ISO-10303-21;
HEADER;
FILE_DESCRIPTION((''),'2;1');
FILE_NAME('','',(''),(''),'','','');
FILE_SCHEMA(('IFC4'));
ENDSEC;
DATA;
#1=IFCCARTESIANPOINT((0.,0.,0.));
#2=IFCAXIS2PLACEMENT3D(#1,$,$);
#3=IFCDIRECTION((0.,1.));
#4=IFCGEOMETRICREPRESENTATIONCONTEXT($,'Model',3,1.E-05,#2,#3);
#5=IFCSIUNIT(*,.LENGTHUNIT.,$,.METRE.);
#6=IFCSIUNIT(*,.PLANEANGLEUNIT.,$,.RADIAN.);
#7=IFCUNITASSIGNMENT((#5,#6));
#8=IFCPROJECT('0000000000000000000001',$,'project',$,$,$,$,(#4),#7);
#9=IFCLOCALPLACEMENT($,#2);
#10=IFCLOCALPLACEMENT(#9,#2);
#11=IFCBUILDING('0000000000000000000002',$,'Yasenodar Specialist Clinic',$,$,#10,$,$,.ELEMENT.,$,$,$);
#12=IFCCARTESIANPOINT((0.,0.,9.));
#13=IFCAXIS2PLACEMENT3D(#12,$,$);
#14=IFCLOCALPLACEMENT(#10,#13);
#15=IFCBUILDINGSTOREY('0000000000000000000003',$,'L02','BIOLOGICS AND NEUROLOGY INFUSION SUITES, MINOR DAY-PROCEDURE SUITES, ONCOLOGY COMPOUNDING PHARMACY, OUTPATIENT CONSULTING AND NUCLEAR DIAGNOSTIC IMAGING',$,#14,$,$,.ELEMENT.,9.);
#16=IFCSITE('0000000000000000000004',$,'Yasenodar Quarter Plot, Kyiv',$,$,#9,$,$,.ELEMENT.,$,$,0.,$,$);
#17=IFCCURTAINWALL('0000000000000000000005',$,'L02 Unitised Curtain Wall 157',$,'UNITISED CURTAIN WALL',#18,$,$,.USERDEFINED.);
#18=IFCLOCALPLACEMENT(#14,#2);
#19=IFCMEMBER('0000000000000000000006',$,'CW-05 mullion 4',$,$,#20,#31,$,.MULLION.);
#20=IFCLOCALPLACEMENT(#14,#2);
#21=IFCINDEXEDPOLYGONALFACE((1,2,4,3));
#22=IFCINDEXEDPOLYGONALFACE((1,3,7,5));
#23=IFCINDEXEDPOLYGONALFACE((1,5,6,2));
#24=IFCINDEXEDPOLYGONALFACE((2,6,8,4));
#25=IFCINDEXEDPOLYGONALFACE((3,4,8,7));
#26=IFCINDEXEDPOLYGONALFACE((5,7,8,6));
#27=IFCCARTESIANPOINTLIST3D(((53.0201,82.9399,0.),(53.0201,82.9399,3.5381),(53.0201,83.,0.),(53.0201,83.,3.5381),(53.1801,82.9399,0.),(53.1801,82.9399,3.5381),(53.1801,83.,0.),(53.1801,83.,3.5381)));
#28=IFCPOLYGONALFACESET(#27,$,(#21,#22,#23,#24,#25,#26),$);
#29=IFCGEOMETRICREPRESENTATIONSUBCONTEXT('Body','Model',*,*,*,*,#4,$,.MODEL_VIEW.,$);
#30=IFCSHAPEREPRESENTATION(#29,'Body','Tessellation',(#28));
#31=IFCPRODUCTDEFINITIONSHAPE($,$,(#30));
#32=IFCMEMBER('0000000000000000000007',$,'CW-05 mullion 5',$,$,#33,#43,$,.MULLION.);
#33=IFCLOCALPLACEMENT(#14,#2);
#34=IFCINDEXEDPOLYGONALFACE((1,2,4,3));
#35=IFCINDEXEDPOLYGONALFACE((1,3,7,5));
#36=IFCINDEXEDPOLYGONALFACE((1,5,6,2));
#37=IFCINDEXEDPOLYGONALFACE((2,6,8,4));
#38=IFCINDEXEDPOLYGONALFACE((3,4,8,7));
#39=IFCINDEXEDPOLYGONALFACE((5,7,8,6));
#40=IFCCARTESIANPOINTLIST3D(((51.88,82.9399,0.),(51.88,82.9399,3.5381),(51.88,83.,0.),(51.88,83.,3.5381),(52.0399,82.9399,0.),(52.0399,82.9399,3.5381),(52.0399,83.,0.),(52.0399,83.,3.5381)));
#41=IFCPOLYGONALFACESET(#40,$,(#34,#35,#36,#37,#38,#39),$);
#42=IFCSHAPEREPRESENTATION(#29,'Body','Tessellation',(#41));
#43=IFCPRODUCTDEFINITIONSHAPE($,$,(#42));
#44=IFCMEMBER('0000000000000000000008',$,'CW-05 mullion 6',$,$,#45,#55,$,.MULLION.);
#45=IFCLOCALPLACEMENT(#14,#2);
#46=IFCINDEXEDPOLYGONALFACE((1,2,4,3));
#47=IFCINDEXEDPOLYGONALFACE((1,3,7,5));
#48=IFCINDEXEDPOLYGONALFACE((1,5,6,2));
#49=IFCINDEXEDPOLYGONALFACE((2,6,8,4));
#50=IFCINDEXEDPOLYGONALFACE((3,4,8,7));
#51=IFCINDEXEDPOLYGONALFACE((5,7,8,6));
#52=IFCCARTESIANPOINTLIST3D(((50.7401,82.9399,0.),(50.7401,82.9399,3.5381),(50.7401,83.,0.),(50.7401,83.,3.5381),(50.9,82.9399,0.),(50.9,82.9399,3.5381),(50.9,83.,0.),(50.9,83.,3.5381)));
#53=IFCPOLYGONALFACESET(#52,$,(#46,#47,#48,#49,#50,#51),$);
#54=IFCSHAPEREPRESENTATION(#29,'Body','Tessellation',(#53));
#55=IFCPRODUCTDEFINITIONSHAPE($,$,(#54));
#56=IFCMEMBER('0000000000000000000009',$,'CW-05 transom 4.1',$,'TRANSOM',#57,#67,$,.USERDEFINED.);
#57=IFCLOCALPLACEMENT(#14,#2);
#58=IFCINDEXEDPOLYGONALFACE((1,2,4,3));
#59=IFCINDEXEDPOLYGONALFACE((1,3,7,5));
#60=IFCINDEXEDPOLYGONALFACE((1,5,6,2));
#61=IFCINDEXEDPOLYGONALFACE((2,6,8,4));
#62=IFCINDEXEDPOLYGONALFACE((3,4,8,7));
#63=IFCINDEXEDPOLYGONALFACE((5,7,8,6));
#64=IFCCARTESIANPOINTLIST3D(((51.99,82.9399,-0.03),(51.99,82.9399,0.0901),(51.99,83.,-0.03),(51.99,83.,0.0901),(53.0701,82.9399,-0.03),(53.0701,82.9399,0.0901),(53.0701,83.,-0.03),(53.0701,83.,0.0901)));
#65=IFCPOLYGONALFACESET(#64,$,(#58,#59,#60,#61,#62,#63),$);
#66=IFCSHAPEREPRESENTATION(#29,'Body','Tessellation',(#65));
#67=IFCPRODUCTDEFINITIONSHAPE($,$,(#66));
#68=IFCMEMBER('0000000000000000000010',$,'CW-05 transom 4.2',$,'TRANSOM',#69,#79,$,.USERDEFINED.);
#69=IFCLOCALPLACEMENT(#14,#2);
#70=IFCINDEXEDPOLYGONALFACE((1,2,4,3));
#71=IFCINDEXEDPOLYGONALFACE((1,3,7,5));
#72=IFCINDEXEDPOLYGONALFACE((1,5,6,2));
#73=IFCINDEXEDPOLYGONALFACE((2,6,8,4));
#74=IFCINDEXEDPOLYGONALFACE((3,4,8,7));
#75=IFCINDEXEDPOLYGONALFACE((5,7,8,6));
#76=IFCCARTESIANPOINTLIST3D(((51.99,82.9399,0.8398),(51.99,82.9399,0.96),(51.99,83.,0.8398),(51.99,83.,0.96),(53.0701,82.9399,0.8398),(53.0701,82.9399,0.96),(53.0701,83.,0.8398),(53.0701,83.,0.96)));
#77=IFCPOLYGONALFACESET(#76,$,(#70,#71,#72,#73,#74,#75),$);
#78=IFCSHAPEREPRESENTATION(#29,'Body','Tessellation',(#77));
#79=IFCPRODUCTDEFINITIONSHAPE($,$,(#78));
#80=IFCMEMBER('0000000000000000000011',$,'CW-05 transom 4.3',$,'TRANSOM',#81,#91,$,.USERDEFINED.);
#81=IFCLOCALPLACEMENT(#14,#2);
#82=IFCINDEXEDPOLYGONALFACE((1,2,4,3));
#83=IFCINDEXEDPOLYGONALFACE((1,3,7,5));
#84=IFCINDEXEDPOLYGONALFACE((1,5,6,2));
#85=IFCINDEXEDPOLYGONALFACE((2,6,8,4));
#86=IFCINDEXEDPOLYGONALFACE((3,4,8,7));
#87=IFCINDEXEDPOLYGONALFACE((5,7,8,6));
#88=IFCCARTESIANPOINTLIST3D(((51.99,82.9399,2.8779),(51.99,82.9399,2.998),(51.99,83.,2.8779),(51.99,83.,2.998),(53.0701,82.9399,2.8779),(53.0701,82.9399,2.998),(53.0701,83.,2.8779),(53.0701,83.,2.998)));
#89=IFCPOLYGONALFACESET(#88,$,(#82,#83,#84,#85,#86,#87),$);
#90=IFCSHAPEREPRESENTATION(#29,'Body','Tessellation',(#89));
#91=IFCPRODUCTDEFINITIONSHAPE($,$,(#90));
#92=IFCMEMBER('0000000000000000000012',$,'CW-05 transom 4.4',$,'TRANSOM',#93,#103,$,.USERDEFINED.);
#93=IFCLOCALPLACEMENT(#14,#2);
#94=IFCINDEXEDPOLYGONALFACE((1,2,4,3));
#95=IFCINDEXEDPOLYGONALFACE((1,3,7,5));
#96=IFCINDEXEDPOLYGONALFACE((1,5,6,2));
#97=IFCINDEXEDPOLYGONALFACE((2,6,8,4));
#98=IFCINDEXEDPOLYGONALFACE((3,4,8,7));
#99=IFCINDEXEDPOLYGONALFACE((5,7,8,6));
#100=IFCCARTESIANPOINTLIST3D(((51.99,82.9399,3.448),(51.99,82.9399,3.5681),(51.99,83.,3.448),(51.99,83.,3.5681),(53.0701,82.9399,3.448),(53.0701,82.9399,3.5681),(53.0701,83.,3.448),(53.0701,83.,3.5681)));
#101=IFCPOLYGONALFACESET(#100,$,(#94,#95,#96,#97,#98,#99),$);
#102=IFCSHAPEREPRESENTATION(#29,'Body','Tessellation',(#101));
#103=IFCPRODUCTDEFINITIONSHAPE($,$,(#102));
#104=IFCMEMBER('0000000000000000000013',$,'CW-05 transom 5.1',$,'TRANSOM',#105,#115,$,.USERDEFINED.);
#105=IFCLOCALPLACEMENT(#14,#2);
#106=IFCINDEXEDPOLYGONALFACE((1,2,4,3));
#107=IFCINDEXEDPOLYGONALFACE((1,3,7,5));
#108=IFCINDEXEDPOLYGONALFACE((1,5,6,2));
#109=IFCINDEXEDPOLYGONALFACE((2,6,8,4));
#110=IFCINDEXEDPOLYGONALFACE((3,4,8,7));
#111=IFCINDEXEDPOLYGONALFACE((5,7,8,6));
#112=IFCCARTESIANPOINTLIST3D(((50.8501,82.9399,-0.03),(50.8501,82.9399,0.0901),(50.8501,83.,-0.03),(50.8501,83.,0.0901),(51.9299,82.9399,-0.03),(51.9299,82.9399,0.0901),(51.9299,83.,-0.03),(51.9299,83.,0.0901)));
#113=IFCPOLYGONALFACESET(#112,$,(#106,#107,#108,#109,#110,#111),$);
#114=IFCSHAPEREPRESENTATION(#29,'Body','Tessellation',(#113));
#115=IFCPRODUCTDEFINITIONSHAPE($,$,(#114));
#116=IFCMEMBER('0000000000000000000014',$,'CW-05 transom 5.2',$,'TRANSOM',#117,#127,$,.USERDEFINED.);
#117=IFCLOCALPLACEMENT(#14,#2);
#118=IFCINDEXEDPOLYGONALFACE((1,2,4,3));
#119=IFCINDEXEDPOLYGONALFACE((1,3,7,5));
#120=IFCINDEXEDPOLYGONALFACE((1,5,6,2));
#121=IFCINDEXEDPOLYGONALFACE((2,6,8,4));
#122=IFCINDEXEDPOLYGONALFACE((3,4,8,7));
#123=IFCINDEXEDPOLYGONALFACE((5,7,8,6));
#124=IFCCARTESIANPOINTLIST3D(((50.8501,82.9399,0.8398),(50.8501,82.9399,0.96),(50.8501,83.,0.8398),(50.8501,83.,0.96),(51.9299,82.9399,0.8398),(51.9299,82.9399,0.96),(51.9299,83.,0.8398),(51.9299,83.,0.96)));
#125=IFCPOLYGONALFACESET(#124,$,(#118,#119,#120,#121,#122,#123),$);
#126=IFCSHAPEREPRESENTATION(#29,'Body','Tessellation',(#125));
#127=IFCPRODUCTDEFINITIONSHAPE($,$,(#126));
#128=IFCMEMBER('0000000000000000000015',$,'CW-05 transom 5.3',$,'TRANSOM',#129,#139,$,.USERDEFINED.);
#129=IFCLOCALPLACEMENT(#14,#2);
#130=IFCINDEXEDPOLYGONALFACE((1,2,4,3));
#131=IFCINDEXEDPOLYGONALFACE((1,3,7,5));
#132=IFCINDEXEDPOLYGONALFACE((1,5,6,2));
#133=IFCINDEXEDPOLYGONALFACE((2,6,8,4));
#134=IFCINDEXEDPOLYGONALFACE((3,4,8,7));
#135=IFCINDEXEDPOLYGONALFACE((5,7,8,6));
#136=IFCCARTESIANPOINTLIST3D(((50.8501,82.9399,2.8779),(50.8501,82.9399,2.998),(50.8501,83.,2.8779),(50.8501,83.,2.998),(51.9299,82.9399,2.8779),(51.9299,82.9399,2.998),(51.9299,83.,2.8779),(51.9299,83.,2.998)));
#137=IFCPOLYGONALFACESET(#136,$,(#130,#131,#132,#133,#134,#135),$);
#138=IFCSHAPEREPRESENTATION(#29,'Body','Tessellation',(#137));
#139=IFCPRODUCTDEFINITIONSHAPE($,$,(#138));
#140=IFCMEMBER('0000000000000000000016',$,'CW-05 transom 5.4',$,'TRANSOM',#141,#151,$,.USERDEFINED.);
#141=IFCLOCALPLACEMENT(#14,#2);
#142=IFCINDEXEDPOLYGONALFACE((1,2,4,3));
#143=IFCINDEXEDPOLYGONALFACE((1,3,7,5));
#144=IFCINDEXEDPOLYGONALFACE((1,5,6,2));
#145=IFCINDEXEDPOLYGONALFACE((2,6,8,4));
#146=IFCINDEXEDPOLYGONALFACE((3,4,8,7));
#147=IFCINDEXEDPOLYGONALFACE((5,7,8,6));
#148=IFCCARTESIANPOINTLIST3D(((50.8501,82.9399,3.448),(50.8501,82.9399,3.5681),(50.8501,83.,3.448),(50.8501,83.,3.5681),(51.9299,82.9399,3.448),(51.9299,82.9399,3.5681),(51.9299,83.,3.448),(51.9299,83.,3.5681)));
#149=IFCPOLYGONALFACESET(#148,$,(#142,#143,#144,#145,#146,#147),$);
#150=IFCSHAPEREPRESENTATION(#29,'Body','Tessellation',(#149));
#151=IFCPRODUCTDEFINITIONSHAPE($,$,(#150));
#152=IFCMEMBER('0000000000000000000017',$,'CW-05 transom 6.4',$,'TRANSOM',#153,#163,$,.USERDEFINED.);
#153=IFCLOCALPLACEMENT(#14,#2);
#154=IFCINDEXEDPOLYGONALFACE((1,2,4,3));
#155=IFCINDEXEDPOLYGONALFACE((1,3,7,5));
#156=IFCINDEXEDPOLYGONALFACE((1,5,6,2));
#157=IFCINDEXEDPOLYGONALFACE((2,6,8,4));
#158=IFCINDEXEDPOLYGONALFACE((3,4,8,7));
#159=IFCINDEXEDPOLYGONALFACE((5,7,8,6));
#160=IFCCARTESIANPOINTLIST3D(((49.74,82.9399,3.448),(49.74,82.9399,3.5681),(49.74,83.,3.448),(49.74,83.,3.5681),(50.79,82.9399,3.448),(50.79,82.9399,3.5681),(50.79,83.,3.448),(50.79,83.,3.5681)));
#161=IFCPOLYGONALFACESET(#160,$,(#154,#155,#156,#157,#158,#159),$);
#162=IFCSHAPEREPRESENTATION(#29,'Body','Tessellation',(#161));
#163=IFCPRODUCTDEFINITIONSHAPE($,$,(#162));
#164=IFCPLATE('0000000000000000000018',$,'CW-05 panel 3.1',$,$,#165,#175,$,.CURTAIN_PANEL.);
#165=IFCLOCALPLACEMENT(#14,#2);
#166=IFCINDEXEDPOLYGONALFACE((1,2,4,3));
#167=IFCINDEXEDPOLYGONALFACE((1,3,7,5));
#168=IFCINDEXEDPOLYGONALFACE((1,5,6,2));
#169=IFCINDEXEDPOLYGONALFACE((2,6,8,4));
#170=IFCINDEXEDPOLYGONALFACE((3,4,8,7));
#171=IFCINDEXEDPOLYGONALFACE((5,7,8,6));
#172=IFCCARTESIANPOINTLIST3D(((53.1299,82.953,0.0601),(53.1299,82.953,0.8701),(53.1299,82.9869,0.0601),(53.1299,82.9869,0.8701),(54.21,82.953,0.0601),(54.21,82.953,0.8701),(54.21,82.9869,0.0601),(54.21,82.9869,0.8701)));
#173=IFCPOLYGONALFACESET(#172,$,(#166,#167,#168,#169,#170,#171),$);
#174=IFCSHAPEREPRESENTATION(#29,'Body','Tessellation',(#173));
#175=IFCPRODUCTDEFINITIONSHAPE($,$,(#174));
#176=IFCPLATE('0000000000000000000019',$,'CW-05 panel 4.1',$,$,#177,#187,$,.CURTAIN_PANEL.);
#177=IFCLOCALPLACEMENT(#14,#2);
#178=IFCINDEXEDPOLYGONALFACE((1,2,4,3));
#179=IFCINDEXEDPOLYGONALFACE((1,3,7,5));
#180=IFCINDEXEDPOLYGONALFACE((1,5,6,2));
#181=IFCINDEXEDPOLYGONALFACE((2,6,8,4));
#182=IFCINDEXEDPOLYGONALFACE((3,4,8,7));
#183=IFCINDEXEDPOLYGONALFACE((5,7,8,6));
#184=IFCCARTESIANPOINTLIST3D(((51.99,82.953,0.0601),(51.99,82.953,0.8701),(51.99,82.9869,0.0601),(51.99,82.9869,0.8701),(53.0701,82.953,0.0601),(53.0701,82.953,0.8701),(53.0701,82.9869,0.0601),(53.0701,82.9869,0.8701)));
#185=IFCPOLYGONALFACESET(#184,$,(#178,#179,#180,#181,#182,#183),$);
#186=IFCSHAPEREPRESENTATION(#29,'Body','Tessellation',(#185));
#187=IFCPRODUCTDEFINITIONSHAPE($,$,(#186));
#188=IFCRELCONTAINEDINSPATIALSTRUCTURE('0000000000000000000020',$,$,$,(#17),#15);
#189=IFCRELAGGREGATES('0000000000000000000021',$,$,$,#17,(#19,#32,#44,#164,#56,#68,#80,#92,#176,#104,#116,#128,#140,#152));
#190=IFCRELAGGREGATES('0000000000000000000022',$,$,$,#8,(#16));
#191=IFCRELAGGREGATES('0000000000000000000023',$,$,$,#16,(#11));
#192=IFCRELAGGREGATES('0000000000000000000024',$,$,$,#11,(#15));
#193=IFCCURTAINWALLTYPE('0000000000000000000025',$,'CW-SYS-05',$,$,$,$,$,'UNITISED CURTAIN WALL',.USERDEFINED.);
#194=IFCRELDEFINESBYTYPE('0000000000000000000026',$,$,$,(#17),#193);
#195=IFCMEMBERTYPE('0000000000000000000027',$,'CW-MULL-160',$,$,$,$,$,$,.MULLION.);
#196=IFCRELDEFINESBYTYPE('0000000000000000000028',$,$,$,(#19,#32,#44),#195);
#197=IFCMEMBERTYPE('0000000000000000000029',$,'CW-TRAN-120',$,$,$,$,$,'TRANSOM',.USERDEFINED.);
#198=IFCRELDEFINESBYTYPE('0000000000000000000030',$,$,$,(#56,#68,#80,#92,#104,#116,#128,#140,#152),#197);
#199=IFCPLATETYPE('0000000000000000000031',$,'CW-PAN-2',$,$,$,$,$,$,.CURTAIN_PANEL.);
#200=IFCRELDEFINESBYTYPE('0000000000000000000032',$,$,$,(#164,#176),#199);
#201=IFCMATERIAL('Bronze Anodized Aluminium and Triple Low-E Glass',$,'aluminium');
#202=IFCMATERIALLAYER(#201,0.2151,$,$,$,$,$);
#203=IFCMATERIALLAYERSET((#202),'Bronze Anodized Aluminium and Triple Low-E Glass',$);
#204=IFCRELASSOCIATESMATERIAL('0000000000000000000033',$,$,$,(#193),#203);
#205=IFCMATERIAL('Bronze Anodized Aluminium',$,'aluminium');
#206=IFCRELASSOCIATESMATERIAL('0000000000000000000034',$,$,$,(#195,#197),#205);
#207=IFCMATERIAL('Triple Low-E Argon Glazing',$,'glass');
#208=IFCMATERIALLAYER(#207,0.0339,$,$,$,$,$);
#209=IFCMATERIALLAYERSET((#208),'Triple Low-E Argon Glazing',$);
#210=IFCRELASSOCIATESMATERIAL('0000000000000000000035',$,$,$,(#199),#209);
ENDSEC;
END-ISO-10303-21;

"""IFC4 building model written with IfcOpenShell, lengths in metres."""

from ifc_helpers import new_model, si_unit, direction, frame, origin, origin_2d, place, context, subcontext, project, spatial, rectangle, extrude, material, layer, layer_set, material_profile, profile_set, type_object, element, aggregate, save


model = new_model("IFC4")

# Units and contexts
model_context = context("Model", 3, precision=1e-05, world=origin(), true_north=direction((0.0, 1.0)))
body_context = subcontext(model_context, "Body", "Model", "MODEL_VIEW")
ifc_project = project(units=[si_unit("LENGTHUNIT", "METRE"), si_unit("PLANEANGLEUNIT", "RADIAN")], contexts=[model_context])

# Site, building, storey
site_placement = place(None, origin())
site = spatial("IfcSite", under=ifc_project, at=site_placement, Name="Yasenodar Quarter Plot, Kyiv", CompositionType="ELEMENT", RefElevation=0.0)
building_placement = place(site_placement, origin())
building = spatial("IfcBuilding", under=site, at=building_placement, Name="Yasenodar Specialist Clinic", CompositionType="ELEMENT")
storey_placement = place(building_placement, frame((0.0, 0.0, 9.0)))
storey = spatial("IfcBuildingStorey", under=building, at=storey_placement, Name="L02", Description="BIOLOGICS AND NEUROLOGY INFUSION SUITES, MINOR DAY-PROCEDURE SUITES, ONCOLOGY COMPOUNDING PHARMACY, OUTPATIENT CONSULTING AND NUCLEAR DIAGNOSTIC IMAGING", CompositionType="ELEMENT", Elevation=9.0)

# Curtain wall, members, plates
ifc_material_1 = material(Name="Bronze Anodized Aluminium and Triple Low-E Glass", Category="aluminium")
ifc_layer_1 = layer(ifc_material_1, 0.2151)
ifc_layer_set_1 = layer_set([ifc_layer_1], Name="Bronze Anodized Aluminium and Triple Low-E Glass")
curtain_wall_type = type_object("IfcCurtainWallType", Name="CW-SYS-05", ElementType="UNITISED CURTAIN WALL", PredefinedType="USERDEFINED", material=ifc_layer_set_1)
curtain_wall_placement = place(storey_placement, origin())
curtain_wall = element("IfcCurtainWall", 1, at=curtain_wall_placement, inside=storey, type_object=curtain_wall_type, Name="L02 Unitised Curtain Wall 157", ObjectType="UNITISED CURTAIN WALL", PredefinedType="USERDEFINED")
ifc_material_2 = material(Name="Bronze Anodized Aluminium", Category="aluminium")
ifc_material_profile_1 = material_profile(ifc_material_2, rectangle(XDim=0.0601, YDim=0.1599, at=origin_2d()), Name="CW-MULL 60x160")
ifc_profile_set_1 = profile_set([ifc_material_profile_1], Name="Bronze Anodized Aluminium")
member_type_1 = type_object("IfcMemberType", Name="CW-MULL-160", PredefinedType="MULLION", material=ifc_profile_set_1)
member_1_placement = place(storey_placement, frame((53.1001, 82.97, 0.0), z_axis=(0.0, 0.0, 1.0), x_axis=(0.0, -1.0, 0.0)))
member_1 = element("IfcMember", 2, at=member_1_placement, type_object=member_type_1, Name="CW-05 mullion 4", PredefinedType="MULLION", context=body_context, shape_type="SweptSolid", body=[
    extrude(rectangle(XDim=0.0601, YDim=0.1599, at=origin_2d()), origin(), (0.0, 0.0, 1.0), 3.5381),
])
member_2_placement = place(storey_placement, frame((51.96, 82.97, 0.0), z_axis=(0.0, 0.0, 1.0), x_axis=(0.0, -1.0, 0.0)))
member_2 = element("IfcMember", 3, at=member_2_placement, type_object=member_type_1, Name="CW-05 mullion 5", PredefinedType="MULLION", context=body_context, shape_type="SweptSolid", body=[
    extrude(rectangle(XDim=0.0601, YDim=0.1599, at=origin_2d()), origin(), (0.0, 0.0, 1.0), 3.5381),
])
member_3_placement = place(storey_placement, frame((50.8201, 82.97, 0.0), z_axis=(0.0, 0.0, 1.0), x_axis=(0.0, -1.0, 0.0)))
member_3 = element("IfcMember", 4, at=member_3_placement, type_object=member_type_1, Name="CW-05 mullion 6", PredefinedType="MULLION", context=body_context, shape_type="SweptSolid", body=[
    extrude(rectangle(XDim=0.0601, YDim=0.1599, at=origin_2d()), origin(), (0.0, 0.0, 1.0), 3.5381),
])
ifc_material_profile_2 = material_profile(ifc_material_2, rectangle(XDim=0.0601, YDim=0.1201, at=origin_2d()), Name="CW-TRAN 60x120")
ifc_profile_set_2 = profile_set([ifc_material_profile_2], Name="Bronze Anodized Aluminium")
member_type_2 = type_object("IfcMemberType", Name="CW-TRAN-120", ElementType="TRANSOM", PredefinedType="USERDEFINED", material=ifc_profile_set_2)
member_4_placement = place(storey_placement, frame((53.0701, 82.97, 0.03), z_axis=(-1.0, 0.0, 0.0), x_axis=(0.0, -1.0, 0.0)))
member_4 = element("IfcMember", 5, at=member_4_placement, type_object=member_type_2, Name="CW-05 transom 4.1", ObjectType="TRANSOM", PredefinedType="USERDEFINED", context=body_context, shape_type="SweptSolid", body=[
    extrude(rectangle(XDim=0.0601, YDim=0.1201, at=origin_2d()), origin(), (0.0, 0.0, 1.0), 1.0801),
])
member_5_placement = place(storey_placement, frame((53.0701, 82.97, 0.8999), z_axis=(-1.0, 0.0, 0.0), x_axis=(0.0, -1.0, 0.0)))
member_5 = element("IfcMember", 6, at=member_5_placement, type_object=member_type_2, Name="CW-05 transom 4.2", ObjectType="TRANSOM", PredefinedType="USERDEFINED", context=body_context, shape_type="SweptSolid", body=[
    extrude(rectangle(XDim=0.0601, YDim=0.1201, at=origin_2d()), origin(), (0.0, 0.0, 1.0), 1.0801),
])
member_6_placement = place(storey_placement, frame((53.0701, 82.97, 2.938), z_axis=(-1.0, 0.0, 0.0), x_axis=(0.0, -1.0, 0.0)))
member_6 = element("IfcMember", 7, at=member_6_placement, type_object=member_type_2, Name="CW-05 transom 4.3", ObjectType="TRANSOM", PredefinedType="USERDEFINED", context=body_context, shape_type="SweptSolid", body=[
    extrude(rectangle(XDim=0.0601, YDim=0.1201, at=origin_2d()), origin(), (0.0, 0.0, 1.0), 1.0801),
])
member_7_placement = place(storey_placement, frame((53.0701, 82.97, 3.5081), z_axis=(-1.0, 0.0, 0.0), x_axis=(0.0, -1.0, 0.0)))
member_7 = element("IfcMember", 8, at=member_7_placement, type_object=member_type_2, Name="CW-05 transom 4.4", ObjectType="TRANSOM", PredefinedType="USERDEFINED", context=body_context, shape_type="SweptSolid", body=[
    extrude(rectangle(XDim=0.0601, YDim=0.1201, at=origin_2d()), origin(), (0.0, 0.0, 1.0), 1.0801),
])
member_8_placement = place(storey_placement, frame((51.9299, 82.97, 0.03), z_axis=(-1.0, 0.0, 0.0), x_axis=(0.0, -1.0, 0.0)))
member_8 = element("IfcMember", 9, at=member_8_placement, type_object=member_type_2, Name="CW-05 transom 5.1", ObjectType="TRANSOM", PredefinedType="USERDEFINED", context=body_context, shape_type="SweptSolid", body=[
    extrude(rectangle(XDim=0.0601, YDim=0.1201, at=origin_2d()), origin(), (0.0, 0.0, 1.0), 1.0798),
])
member_9_placement = place(storey_placement, frame((51.9299, 82.97, 0.8999), z_axis=(-1.0, 0.0, 0.0), x_axis=(0.0, -1.0, 0.0)))
member_9 = element("IfcMember", 10, at=member_9_placement, type_object=member_type_2, Name="CW-05 transom 5.2", ObjectType="TRANSOM", PredefinedType="USERDEFINED", context=body_context, shape_type="SweptSolid", body=[
    extrude(rectangle(XDim=0.0601, YDim=0.1201, at=origin_2d()), origin(), (0.0, 0.0, 1.0), 1.0798),
])
member_10_placement = place(storey_placement, frame((51.9299, 82.97, 2.938), z_axis=(-1.0, 0.0, 0.0), x_axis=(0.0, -1.0, 0.0)))
member_10 = element("IfcMember", 11, at=member_10_placement, type_object=member_type_2, Name="CW-05 transom 5.3", ObjectType="TRANSOM", PredefinedType="USERDEFINED", context=body_context, shape_type="SweptSolid", body=[
    extrude(rectangle(XDim=0.0601, YDim=0.1201, at=origin_2d()), origin(), (0.0, 0.0, 1.0), 1.0798),
])
member_11_placement = place(storey_placement, frame((51.9299, 82.97, 3.5081), z_axis=(-1.0, 0.0, 0.0), x_axis=(0.0, -1.0, 0.0)))
member_11 = element("IfcMember", 12, at=member_11_placement, type_object=member_type_2, Name="CW-05 transom 5.4", ObjectType="TRANSOM", PredefinedType="USERDEFINED", context=body_context, shape_type="SweptSolid", body=[
    extrude(rectangle(XDim=0.0601, YDim=0.1201, at=origin_2d()), origin(), (0.0, 0.0, 1.0), 1.0798),
])
member_12_placement = place(storey_placement, frame((50.79, 82.97, 3.5081), z_axis=(-1.0, 0.0, 0.0), x_axis=(0.0, -1.0, 0.0)))
member_12 = element("IfcMember", 13, at=member_12_placement, type_object=member_type_2, Name="CW-05 transom 6.4", ObjectType="TRANSOM", PredefinedType="USERDEFINED", context=body_context, shape_type="SweptSolid", body=[
    extrude(rectangle(XDim=0.0601, YDim=0.1201, at=origin_2d()), origin(), (0.0, 0.0, 1.0), 1.05),
])
ifc_material_3 = material(Name="Triple Low-E Argon Glazing", Category="glass")
ifc_layer_2 = layer(ifc_material_3, 0.0339)
ifc_layer_set_2 = layer_set([ifc_layer_2], Name="Triple Low-E Argon Glazing")
plate_type = type_object("IfcPlateType", Name="CW-PAN-2", PredefinedType="CURTAIN_PANEL", material=ifc_layer_set_2)
plate_1_placement = place(storey_placement, frame((53.6699, 82.97, 0.0601), z_axis=(0.0, 0.0, 1.0), x_axis=(-1.0, 0.0, 0.0)))
plate_1 = element("IfcPlate", 14, at=plate_1_placement, type_object=plate_type, Name="CW-05 panel 3.1", PredefinedType="CURTAIN_PANEL", context=body_context, shape_type="SweptSolid", body=[
    extrude(rectangle(XDim=1.0801, YDim=0.0339, at=origin_2d()), origin(), (0.0, 0.0, 1.0), 0.8101),
])
plate_2_placement = place(storey_placement, frame((52.53, 82.97, 0.0601), z_axis=(0.0, 0.0, 1.0), x_axis=(-1.0, 0.0, 0.0)))
plate_2 = element("IfcPlate", 15, at=plate_2_placement, type_object=plate_type, Name="CW-05 panel 4.1", PredefinedType="CURTAIN_PANEL", context=body_context, shape_type="SweptSolid", body=[
    extrude(rectangle(XDim=1.0801, YDim=0.0339, at=origin_2d()), origin(), (0.0, 0.0, 1.0), 0.8101),
])
aggregate(curtain_wall, [member_1, member_2, member_3, plate_1, member_4, member_5, member_6, member_7, plate_2, member_8, member_9, member_10, member_11, member_12])

save(model, "model.ifc")
